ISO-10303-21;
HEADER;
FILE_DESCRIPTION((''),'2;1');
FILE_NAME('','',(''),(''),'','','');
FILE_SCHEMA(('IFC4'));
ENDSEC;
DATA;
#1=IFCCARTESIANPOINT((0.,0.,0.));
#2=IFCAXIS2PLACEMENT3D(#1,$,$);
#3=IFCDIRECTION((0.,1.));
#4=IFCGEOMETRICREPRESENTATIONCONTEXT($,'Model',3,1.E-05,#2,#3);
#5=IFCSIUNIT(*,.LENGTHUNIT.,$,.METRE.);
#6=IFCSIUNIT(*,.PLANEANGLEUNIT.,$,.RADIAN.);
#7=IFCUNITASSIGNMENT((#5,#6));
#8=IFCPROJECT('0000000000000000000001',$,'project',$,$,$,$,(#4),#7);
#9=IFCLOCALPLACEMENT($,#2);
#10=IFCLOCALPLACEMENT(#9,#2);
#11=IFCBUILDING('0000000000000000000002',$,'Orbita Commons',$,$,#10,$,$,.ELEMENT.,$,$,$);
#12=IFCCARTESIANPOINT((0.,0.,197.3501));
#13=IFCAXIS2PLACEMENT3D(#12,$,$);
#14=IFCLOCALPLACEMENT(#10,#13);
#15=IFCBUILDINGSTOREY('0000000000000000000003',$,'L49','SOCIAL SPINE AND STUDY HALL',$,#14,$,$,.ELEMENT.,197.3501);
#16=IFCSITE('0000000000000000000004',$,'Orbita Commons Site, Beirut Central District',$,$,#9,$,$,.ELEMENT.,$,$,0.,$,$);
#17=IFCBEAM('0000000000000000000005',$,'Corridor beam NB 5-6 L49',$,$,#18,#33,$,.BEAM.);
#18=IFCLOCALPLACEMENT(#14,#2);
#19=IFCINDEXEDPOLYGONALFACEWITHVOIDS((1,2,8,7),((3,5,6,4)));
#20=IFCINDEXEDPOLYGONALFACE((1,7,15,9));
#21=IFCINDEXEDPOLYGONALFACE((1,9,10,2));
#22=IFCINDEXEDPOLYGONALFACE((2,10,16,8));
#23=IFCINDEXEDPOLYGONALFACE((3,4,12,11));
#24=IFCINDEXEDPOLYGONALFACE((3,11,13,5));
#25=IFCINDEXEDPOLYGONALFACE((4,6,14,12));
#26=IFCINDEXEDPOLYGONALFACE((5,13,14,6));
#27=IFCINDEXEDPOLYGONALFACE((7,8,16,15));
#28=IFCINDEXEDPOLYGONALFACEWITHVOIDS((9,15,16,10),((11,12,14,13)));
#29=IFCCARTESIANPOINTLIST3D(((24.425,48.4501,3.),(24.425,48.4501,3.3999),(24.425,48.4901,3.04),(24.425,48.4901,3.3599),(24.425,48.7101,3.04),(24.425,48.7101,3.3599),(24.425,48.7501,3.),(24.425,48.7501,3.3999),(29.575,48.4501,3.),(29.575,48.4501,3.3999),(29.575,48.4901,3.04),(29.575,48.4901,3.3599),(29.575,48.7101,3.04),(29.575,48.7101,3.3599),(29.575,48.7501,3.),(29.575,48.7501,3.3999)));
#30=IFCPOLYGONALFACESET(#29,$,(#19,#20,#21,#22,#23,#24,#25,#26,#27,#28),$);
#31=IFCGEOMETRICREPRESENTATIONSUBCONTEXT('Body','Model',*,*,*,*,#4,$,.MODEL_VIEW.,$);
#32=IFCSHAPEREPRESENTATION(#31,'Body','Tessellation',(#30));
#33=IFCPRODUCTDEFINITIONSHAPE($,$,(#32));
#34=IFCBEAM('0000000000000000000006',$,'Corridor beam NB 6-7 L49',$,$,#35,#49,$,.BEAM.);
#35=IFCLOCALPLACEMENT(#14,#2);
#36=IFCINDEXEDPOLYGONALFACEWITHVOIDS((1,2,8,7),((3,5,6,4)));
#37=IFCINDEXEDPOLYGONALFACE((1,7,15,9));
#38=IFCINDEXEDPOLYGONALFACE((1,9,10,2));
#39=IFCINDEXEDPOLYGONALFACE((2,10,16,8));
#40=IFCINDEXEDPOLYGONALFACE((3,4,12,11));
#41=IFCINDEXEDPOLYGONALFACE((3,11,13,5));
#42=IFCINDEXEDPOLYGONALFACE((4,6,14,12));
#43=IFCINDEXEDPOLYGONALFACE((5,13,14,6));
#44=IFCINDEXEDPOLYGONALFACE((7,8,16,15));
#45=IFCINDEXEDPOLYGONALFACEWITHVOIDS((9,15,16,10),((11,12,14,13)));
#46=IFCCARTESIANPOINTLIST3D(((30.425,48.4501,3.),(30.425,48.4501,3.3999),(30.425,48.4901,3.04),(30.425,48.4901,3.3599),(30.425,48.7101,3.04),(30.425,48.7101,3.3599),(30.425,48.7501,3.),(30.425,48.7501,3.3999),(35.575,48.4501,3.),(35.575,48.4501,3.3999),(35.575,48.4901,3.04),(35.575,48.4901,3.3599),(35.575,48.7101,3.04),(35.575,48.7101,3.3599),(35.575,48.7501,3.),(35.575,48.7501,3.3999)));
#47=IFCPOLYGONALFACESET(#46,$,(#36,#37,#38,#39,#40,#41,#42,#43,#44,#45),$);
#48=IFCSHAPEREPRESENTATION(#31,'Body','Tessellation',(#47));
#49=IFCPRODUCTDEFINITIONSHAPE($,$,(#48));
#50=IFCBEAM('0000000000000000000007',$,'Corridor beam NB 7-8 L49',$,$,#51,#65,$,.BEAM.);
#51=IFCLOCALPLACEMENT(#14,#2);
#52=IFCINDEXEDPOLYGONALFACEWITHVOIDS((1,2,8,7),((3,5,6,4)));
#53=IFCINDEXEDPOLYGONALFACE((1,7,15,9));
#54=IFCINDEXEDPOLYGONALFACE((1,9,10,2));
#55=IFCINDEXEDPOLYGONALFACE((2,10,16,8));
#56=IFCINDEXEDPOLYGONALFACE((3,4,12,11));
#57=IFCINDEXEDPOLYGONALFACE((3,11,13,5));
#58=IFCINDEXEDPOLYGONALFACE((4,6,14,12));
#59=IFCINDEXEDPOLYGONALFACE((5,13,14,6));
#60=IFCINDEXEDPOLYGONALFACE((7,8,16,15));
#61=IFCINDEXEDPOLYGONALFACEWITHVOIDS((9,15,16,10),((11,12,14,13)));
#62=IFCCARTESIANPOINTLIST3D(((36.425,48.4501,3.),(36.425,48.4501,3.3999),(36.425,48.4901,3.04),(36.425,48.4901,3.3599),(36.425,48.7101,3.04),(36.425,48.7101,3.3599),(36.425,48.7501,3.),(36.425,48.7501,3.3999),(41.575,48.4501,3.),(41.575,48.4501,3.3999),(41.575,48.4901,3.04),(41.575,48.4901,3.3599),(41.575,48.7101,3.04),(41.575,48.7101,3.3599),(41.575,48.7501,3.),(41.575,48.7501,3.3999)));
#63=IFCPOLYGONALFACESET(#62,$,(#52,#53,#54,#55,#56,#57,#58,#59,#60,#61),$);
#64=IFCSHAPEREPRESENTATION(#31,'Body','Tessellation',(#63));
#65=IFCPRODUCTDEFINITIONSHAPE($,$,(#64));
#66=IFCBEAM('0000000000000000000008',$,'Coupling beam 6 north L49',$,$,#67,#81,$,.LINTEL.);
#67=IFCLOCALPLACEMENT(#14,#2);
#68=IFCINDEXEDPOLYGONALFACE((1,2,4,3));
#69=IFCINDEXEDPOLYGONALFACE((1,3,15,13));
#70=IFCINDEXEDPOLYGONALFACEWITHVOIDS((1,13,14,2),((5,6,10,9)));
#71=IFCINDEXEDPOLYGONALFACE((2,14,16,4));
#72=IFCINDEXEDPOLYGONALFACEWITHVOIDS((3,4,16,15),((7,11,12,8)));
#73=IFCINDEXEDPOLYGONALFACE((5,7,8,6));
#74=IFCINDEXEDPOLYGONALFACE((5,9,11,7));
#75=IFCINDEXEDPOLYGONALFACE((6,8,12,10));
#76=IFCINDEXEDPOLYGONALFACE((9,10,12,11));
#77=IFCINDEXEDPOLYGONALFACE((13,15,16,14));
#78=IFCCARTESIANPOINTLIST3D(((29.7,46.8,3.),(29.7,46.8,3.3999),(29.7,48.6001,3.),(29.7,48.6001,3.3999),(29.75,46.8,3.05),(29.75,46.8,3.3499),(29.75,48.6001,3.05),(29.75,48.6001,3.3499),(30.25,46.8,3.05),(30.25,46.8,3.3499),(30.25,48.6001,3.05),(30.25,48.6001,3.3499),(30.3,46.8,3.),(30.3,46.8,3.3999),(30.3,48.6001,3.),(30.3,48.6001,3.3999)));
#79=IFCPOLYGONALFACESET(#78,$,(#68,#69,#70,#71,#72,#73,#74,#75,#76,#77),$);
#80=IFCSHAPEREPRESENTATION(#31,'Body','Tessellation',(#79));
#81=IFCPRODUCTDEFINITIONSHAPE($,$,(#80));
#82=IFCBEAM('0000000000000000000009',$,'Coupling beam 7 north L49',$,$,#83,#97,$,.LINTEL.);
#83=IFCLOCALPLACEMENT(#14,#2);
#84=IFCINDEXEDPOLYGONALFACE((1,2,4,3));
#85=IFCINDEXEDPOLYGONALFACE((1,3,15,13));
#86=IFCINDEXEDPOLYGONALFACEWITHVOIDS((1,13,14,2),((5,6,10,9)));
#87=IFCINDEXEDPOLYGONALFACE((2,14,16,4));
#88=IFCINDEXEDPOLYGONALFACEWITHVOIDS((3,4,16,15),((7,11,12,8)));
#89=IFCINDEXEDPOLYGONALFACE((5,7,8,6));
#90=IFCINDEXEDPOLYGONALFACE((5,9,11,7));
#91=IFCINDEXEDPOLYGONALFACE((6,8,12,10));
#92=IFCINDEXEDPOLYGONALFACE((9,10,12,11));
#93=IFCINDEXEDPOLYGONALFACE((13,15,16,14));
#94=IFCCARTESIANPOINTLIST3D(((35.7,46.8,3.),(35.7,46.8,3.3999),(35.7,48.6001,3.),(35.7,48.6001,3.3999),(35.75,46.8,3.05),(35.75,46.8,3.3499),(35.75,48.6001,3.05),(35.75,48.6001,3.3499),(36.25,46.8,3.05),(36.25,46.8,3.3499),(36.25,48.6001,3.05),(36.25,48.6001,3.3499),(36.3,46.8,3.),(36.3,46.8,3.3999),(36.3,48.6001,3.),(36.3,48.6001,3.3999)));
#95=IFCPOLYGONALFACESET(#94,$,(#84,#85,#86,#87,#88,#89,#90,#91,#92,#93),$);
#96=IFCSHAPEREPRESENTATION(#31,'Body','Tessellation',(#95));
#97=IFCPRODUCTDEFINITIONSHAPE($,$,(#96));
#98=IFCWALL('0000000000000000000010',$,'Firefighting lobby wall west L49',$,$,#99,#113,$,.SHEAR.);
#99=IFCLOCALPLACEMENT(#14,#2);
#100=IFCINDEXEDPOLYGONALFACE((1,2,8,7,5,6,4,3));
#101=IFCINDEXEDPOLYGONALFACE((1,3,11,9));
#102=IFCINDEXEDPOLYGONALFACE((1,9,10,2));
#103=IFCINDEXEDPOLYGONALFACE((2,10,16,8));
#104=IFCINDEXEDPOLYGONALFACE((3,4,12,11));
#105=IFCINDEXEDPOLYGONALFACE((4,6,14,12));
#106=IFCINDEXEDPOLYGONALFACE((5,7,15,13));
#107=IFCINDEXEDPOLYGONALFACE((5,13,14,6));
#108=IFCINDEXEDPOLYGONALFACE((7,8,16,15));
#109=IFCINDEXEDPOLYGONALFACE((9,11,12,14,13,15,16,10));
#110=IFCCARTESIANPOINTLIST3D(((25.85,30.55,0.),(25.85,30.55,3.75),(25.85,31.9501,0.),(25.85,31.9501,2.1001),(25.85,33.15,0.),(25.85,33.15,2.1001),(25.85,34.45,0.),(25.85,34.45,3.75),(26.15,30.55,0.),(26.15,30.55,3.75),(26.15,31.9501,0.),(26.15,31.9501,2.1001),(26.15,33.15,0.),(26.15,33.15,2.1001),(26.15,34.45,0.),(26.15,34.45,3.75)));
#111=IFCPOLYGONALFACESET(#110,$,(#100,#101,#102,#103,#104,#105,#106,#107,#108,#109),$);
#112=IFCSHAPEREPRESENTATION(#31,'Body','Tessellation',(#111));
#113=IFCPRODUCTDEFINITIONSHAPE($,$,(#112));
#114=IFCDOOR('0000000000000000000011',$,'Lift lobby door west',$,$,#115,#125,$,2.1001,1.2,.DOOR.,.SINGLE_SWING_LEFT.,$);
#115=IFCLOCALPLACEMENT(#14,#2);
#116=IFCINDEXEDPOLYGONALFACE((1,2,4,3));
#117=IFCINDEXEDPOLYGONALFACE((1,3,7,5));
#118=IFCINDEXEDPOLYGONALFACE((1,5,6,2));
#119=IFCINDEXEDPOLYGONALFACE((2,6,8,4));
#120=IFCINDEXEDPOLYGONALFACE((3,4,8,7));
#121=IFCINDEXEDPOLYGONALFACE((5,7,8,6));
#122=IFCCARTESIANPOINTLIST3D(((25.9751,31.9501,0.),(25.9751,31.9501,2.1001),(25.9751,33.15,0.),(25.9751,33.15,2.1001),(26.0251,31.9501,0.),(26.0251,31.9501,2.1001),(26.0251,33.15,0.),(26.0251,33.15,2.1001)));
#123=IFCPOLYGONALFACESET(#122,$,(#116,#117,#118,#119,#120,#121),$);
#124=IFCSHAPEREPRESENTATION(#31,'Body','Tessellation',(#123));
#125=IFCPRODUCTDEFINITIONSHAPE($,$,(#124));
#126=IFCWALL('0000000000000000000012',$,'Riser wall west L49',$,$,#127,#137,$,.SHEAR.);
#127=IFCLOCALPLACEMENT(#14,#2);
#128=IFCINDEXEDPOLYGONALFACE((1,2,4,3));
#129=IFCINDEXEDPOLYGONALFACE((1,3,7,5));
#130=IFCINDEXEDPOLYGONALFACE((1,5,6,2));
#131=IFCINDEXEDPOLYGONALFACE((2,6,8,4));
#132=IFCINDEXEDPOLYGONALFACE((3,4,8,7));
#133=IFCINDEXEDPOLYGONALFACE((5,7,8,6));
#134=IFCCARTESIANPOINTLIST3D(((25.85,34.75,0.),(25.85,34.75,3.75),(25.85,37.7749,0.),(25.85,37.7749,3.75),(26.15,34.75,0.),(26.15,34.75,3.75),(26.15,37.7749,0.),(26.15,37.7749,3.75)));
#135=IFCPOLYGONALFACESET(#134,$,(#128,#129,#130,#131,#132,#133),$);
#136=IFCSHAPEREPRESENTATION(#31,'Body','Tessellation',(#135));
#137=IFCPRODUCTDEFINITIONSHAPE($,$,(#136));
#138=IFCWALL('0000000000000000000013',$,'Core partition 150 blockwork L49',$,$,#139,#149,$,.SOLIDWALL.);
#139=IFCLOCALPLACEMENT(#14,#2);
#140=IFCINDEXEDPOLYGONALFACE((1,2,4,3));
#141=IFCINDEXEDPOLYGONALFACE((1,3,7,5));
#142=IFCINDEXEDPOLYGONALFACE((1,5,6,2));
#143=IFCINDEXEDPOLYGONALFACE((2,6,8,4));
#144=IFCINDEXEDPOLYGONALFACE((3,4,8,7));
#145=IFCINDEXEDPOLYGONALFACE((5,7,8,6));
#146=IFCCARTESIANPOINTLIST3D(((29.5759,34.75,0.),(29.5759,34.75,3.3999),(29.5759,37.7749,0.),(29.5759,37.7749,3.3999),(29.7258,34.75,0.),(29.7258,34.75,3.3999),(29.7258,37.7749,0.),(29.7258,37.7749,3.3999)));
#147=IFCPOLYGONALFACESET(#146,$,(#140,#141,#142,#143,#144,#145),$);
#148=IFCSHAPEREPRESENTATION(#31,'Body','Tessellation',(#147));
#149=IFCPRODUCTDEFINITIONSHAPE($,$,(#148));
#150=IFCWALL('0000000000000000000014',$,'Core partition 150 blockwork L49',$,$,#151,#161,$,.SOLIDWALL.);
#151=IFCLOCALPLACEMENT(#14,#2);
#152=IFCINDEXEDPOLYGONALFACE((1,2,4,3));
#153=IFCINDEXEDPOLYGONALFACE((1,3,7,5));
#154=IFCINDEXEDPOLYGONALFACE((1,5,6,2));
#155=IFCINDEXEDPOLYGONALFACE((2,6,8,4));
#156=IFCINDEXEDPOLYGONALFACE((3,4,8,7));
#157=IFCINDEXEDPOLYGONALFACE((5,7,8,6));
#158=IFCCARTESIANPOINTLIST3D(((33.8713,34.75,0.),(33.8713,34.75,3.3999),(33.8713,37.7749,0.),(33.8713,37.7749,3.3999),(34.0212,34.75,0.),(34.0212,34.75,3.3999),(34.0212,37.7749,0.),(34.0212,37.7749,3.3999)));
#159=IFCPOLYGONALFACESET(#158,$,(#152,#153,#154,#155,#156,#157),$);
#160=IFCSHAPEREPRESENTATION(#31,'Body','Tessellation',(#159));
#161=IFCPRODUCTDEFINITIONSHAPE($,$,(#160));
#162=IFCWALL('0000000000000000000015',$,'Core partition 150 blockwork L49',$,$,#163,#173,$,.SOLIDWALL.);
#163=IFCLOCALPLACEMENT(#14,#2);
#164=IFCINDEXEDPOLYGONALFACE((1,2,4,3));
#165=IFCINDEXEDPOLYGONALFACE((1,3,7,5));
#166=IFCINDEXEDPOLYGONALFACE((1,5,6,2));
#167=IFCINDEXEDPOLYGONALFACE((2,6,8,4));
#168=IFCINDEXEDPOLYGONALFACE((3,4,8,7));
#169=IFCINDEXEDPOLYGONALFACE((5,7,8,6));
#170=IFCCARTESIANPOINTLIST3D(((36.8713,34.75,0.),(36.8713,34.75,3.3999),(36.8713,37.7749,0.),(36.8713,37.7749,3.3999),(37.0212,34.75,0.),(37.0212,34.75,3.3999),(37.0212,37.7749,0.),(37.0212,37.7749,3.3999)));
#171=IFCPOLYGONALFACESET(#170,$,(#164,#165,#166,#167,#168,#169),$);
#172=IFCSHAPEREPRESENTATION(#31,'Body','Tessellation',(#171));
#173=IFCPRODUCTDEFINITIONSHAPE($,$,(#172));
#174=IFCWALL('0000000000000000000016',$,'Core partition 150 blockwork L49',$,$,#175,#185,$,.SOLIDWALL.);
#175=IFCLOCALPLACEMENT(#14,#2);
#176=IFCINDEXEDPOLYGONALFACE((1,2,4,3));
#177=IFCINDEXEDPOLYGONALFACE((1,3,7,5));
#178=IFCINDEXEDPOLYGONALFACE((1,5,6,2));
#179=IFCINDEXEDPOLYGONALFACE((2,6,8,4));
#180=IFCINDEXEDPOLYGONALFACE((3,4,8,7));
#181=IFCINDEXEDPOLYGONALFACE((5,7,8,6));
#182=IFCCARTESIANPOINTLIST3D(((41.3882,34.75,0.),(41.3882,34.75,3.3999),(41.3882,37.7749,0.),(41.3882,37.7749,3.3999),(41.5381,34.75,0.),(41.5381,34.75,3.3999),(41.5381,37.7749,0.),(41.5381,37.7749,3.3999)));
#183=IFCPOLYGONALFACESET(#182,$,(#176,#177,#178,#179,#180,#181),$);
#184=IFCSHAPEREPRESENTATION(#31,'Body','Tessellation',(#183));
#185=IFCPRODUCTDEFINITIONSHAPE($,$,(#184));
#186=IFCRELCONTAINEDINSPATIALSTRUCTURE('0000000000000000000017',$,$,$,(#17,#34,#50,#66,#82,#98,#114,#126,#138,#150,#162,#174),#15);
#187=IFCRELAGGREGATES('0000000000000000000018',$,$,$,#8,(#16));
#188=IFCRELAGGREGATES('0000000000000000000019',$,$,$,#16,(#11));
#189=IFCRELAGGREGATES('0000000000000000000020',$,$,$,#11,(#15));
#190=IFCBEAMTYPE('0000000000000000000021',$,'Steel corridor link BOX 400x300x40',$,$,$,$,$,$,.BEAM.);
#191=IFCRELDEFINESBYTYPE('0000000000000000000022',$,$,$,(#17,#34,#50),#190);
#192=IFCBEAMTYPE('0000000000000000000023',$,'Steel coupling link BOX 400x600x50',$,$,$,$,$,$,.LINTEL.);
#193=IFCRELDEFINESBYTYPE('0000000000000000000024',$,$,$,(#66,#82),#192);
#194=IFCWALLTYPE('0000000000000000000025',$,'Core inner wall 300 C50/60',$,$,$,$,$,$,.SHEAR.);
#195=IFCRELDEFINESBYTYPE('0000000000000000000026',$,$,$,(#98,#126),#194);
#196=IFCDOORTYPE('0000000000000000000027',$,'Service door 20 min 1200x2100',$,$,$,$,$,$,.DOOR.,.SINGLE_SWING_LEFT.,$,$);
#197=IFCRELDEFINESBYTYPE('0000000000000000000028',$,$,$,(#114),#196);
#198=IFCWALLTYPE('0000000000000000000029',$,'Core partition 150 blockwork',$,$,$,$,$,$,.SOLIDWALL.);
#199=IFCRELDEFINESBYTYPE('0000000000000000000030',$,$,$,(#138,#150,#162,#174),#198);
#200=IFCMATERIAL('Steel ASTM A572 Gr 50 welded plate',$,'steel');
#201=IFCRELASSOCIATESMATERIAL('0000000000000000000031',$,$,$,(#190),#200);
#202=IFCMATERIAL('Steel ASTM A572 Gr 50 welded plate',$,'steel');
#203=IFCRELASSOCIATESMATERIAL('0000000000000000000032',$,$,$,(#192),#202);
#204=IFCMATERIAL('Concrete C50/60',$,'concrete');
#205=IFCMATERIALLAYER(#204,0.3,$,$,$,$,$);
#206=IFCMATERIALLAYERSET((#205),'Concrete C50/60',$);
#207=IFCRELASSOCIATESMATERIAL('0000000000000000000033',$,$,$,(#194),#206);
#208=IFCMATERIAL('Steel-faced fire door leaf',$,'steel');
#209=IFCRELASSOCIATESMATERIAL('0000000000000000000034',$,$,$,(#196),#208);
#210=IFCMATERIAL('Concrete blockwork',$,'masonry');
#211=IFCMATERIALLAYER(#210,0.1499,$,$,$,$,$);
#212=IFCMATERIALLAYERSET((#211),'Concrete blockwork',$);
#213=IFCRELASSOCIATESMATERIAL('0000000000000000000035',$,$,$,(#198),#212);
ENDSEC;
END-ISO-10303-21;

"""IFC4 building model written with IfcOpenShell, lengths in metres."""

from ifc_helpers import new_model, si_unit, direction, frame, frame_2d, origin, origin_2d, place, context, subcontext, project, spatial, rectangle, hollow_rectangle, extrude, material, layer, layer_set, material_profile, profile_set, type_object, element, fill, save


model = new_model("IFC4")

# Units and contexts
model_context = context("Model", 3, precision=1e-05, world=origin(), true_north=direction((0.0, 1.0)))
body_context = subcontext(model_context, "Body", "Model", "MODEL_VIEW")
ifc_project = project(units=[si_unit("LENGTHUNIT", "METRE"), si_unit("PLANEANGLEUNIT", "RADIAN")], contexts=[model_context])

# Site, building, storey
site_placement = place(None, origin())
site = spatial("IfcSite", under=ifc_project, at=site_placement, Name="Orbita Commons Site, Beirut Central District", CompositionType="ELEMENT", RefElevation=0.0)
building_placement = place(site_placement, origin())
building = spatial("IfcBuilding", under=site, at=building_placement, Name="Orbita Commons", CompositionType="ELEMENT")
storey_placement = place(building_placement, frame((0.0, 0.0, 197.3501)))
storey = spatial("IfcBuildingStorey", under=building, at=storey_placement, Name="L49", Description="SOCIAL SPINE AND STUDY HALL", CompositionType="ELEMENT", Elevation=197.3501)

# Beams
ifc_material_1 = material(Name="Steel ASTM A572 Gr 50 welded plate", Category="steel")
ifc_material_profile_1 = material_profile(ifc_material_1, hollow_rectangle(XDim=0.3, YDim=0.3999, WallThickness=0.04, at=origin_2d()), Name="BOX 400x300x40")
ifc_profile_set_1 = profile_set([ifc_material_profile_1], Name="Steel ASTM A572 Gr 50 welded plate")
beam_type_1 = type_object("IfcBeamType", Name="Steel corridor link BOX 400x300x40", PredefinedType="BEAM", material=ifc_profile_set_1)
for number, where, z_axis, x_axis, name in (
    (1, (24.425, 48.6001, 3.2), (1.0, 0.0, 0.0), (0.0, 1.0, 0.0), "Corridor beam NB 5-6 L49"),
    (2, (30.425, 48.6001, 3.2), (1.0, 0.0, 0.0), (0.0, 1.0, 0.0), "Corridor beam NB 6-7 L49"),
    (3, (36.425, 48.6001, 3.2), (1.0, 0.0, 0.0), (0.0, 1.0, 0.0), "Corridor beam NB 7-8 L49"),
):
    element("IfcBeam", number, at=place(storey_placement, frame(where, z_axis=z_axis, x_axis=x_axis)), inside=storey, type_object=beam_type_1, Name=name, PredefinedType="BEAM", context=body_context, shape_type="SweptSolid", body=[
        extrude(hollow_rectangle(XDim=0.3, YDim=0.3999, WallThickness=0.04, at=origin_2d()), origin(), (0.0, 0.0, 1.0), 5.1499),
    ])
ifc_material_2 = material(Name="Steel ASTM A572 Gr 50 welded plate", Category="steel")
ifc_material_profile_2 = material_profile(ifc_material_2, hollow_rectangle(XDim=0.6001, YDim=0.3999, WallThickness=0.05, at=origin_2d()), Name="BOX 400x600x50")
ifc_profile_set_2 = profile_set([ifc_material_profile_2], Name="Steel ASTM A572 Gr 50 welded plate")
beam_type_2 = type_object("IfcBeamType", Name="Steel coupling link BOX 400x600x50", PredefinedType="LINTEL", material=ifc_profile_set_2)
for number, where, z_axis, x_axis, name in (
    (4, (30.0, 46.8, 3.2), (0.0, 1.0, 0.0), (-1.0, 0.0, 0.0), "Coupling beam 6 north L49"),
    (5, (36.0, 46.8, 3.2), (0.0, 1.0, 0.0), (-1.0, 0.0, 0.0), "Coupling beam 7 north L49"),
):
    element("IfcBeam", number, at=place(storey_placement, frame(where, z_axis=z_axis, x_axis=x_axis)), inside=storey, type_object=beam_type_2, Name=name, PredefinedType="LINTEL", context=body_context, shape_type="SweptSolid", body=[
        extrude(hollow_rectangle(XDim=0.6001, YDim=0.3999, WallThickness=0.05, at=origin_2d()), origin(), (0.0, 0.0, 1.0), 1.8),
    ])

# Wall, opening, door
ifc_material_3 = material(Name="Concrete C50/60", Category="concrete")
ifc_layer_1 = layer(ifc_material_3, 0.3)
ifc_layer_set_1 = layer_set([ifc_layer_1], Name="Concrete C50/60")
wall_type_1 = type_object("IfcWallType", Name="Core inner wall 300 C50/60", PredefinedType="SHEAR", material=ifc_layer_set_1)
wall_1_placement = place(storey_placement, frame((26.0, 30.55, 0.0), z_axis=(0.0, 0.0, 1.0), x_axis=(0.0, 1.0, 0.0)))
wall_1 = element("IfcWall", 6, at=wall_1_placement, inside=storey, type_object=wall_type_1, Name="Firefighting lobby wall west L49", PredefinedType="SHEAR", context=body_context, shape_type="SweptSolid", body=[
    extrude(rectangle(XDim=3.8999, YDim=0.3, at=frame_2d((1.95, 0.0))), origin(), (0.0, 0.0, 1.0), 3.75),
])
opening_1_placement = place(wall_1_placement, frame((1.3999, 0.0, 0.0)))
opening_1 = element("IfcOpeningElement", 7, at=opening_1_placement, cuts=wall_1, PredefinedType="OPENING", context=body_context, shape_type="SweptSolid", body=[
    extrude(rectangle(XDim=1.2, YDim=2.1001, at=frame_2d((0.6001, 1.05))), frame((0.0, 0.1599, 0.0), z_axis=(0.0, -1.0, 0.0), x_axis=(1.0, 0.0, 0.0)), (0.0, 0.0, 1.0), 0.3201),
])
ifc_material_4 = material(Name="Steel-faced fire door leaf", Category="steel")
door_type_1 = type_object("IfcDoorType", Name="Service door 20 min 1200x2100", OperationType="SINGLE_SWING_LEFT", PredefinedType="DOOR", material=ifc_material_4)
door_1_placement = place(opening_1_placement, origin())
door_1 = element("IfcDoor", 8, at=door_1_placement, inside=storey, type_object=door_type_1, Name="Lift lobby door west", OperationType="SINGLE_SWING_LEFT", OverallHeight=2.1001, OverallWidth=1.2, PredefinedType="DOOR", context=body_context, shape_type="SweptSolid", body=[
    extrude(rectangle(XDim=1.2, YDim=2.1001, at=frame_2d((0.6001, 1.05))), frame((0.0, 0.0249, 0.0), z_axis=(0.0, -1.0, 0.0), x_axis=(1.0, 0.0, 0.0)), (0.0, 0.0, 1.0), 0.05),
])
fill(opening_1, door_1)

# Walls
wall_2_placement = place(storey_placement, frame((26.0, 34.75, 0.0), z_axis=(0.0, 0.0, 1.0), x_axis=(0.0, 1.0, 0.0)))
element("IfcWall", 9, at=wall_2_placement, inside=storey, type_object=wall_type_1, Name="Riser wall west L49", PredefinedType="SHEAR", context=body_context, shape_type="SweptSolid", body=[
    extrude(rectangle(XDim=3.0249, YDim=0.3, at=frame_2d((1.5125, 0.0))), origin(), (0.0, 0.0, 1.0), 3.75),
])
ifc_material_5 = material(Name="Concrete blockwork", Category="masonry")
ifc_layer_2 = layer(ifc_material_5, 0.1499)
ifc_layer_set_2 = layer_set([ifc_layer_2], Name="Concrete blockwork")
wall_type_2 = type_object("IfcWallType", Name="Core partition 150 blockwork", PredefinedType="SOLIDWALL", material=ifc_layer_set_2)
for number, where, z_axis, x_axis, name in (
    (10, (29.6509, 34.75, 0.0), (0.0, 0.0, 1.0), (0.0, 1.0, 0.0), "Core partition 150 blockwork L49"),
    (11, (33.9463, 34.75, 0.0), (0.0, 0.0, 1.0), (0.0, 1.0, 0.0), "Core partition 150 blockwork L49"),
    (12, (36.9463, 34.75, 0.0), (0.0, 0.0, 1.0), (0.0, 1.0, 0.0), "Core partition 150 blockwork L49"),
    (13, (41.4631, 34.75, 0.0), (0.0, 0.0, 1.0), (0.0, 1.0, 0.0), "Core partition 150 blockwork L49"),
):
    element("IfcWall", number, at=place(storey_placement, frame(where, z_axis=z_axis, x_axis=x_axis)), inside=storey, type_object=wall_type_2, Name=name, PredefinedType="SOLIDWALL", context=body_context, shape_type="SweptSolid", body=[
        extrude(rectangle(XDim=3.0249, YDim=0.1499, at=frame_2d((1.5125, 0.0))), origin(), (0.0, 0.0, 1.0), 3.3999),
    ])

save(model, "model.ifc")
